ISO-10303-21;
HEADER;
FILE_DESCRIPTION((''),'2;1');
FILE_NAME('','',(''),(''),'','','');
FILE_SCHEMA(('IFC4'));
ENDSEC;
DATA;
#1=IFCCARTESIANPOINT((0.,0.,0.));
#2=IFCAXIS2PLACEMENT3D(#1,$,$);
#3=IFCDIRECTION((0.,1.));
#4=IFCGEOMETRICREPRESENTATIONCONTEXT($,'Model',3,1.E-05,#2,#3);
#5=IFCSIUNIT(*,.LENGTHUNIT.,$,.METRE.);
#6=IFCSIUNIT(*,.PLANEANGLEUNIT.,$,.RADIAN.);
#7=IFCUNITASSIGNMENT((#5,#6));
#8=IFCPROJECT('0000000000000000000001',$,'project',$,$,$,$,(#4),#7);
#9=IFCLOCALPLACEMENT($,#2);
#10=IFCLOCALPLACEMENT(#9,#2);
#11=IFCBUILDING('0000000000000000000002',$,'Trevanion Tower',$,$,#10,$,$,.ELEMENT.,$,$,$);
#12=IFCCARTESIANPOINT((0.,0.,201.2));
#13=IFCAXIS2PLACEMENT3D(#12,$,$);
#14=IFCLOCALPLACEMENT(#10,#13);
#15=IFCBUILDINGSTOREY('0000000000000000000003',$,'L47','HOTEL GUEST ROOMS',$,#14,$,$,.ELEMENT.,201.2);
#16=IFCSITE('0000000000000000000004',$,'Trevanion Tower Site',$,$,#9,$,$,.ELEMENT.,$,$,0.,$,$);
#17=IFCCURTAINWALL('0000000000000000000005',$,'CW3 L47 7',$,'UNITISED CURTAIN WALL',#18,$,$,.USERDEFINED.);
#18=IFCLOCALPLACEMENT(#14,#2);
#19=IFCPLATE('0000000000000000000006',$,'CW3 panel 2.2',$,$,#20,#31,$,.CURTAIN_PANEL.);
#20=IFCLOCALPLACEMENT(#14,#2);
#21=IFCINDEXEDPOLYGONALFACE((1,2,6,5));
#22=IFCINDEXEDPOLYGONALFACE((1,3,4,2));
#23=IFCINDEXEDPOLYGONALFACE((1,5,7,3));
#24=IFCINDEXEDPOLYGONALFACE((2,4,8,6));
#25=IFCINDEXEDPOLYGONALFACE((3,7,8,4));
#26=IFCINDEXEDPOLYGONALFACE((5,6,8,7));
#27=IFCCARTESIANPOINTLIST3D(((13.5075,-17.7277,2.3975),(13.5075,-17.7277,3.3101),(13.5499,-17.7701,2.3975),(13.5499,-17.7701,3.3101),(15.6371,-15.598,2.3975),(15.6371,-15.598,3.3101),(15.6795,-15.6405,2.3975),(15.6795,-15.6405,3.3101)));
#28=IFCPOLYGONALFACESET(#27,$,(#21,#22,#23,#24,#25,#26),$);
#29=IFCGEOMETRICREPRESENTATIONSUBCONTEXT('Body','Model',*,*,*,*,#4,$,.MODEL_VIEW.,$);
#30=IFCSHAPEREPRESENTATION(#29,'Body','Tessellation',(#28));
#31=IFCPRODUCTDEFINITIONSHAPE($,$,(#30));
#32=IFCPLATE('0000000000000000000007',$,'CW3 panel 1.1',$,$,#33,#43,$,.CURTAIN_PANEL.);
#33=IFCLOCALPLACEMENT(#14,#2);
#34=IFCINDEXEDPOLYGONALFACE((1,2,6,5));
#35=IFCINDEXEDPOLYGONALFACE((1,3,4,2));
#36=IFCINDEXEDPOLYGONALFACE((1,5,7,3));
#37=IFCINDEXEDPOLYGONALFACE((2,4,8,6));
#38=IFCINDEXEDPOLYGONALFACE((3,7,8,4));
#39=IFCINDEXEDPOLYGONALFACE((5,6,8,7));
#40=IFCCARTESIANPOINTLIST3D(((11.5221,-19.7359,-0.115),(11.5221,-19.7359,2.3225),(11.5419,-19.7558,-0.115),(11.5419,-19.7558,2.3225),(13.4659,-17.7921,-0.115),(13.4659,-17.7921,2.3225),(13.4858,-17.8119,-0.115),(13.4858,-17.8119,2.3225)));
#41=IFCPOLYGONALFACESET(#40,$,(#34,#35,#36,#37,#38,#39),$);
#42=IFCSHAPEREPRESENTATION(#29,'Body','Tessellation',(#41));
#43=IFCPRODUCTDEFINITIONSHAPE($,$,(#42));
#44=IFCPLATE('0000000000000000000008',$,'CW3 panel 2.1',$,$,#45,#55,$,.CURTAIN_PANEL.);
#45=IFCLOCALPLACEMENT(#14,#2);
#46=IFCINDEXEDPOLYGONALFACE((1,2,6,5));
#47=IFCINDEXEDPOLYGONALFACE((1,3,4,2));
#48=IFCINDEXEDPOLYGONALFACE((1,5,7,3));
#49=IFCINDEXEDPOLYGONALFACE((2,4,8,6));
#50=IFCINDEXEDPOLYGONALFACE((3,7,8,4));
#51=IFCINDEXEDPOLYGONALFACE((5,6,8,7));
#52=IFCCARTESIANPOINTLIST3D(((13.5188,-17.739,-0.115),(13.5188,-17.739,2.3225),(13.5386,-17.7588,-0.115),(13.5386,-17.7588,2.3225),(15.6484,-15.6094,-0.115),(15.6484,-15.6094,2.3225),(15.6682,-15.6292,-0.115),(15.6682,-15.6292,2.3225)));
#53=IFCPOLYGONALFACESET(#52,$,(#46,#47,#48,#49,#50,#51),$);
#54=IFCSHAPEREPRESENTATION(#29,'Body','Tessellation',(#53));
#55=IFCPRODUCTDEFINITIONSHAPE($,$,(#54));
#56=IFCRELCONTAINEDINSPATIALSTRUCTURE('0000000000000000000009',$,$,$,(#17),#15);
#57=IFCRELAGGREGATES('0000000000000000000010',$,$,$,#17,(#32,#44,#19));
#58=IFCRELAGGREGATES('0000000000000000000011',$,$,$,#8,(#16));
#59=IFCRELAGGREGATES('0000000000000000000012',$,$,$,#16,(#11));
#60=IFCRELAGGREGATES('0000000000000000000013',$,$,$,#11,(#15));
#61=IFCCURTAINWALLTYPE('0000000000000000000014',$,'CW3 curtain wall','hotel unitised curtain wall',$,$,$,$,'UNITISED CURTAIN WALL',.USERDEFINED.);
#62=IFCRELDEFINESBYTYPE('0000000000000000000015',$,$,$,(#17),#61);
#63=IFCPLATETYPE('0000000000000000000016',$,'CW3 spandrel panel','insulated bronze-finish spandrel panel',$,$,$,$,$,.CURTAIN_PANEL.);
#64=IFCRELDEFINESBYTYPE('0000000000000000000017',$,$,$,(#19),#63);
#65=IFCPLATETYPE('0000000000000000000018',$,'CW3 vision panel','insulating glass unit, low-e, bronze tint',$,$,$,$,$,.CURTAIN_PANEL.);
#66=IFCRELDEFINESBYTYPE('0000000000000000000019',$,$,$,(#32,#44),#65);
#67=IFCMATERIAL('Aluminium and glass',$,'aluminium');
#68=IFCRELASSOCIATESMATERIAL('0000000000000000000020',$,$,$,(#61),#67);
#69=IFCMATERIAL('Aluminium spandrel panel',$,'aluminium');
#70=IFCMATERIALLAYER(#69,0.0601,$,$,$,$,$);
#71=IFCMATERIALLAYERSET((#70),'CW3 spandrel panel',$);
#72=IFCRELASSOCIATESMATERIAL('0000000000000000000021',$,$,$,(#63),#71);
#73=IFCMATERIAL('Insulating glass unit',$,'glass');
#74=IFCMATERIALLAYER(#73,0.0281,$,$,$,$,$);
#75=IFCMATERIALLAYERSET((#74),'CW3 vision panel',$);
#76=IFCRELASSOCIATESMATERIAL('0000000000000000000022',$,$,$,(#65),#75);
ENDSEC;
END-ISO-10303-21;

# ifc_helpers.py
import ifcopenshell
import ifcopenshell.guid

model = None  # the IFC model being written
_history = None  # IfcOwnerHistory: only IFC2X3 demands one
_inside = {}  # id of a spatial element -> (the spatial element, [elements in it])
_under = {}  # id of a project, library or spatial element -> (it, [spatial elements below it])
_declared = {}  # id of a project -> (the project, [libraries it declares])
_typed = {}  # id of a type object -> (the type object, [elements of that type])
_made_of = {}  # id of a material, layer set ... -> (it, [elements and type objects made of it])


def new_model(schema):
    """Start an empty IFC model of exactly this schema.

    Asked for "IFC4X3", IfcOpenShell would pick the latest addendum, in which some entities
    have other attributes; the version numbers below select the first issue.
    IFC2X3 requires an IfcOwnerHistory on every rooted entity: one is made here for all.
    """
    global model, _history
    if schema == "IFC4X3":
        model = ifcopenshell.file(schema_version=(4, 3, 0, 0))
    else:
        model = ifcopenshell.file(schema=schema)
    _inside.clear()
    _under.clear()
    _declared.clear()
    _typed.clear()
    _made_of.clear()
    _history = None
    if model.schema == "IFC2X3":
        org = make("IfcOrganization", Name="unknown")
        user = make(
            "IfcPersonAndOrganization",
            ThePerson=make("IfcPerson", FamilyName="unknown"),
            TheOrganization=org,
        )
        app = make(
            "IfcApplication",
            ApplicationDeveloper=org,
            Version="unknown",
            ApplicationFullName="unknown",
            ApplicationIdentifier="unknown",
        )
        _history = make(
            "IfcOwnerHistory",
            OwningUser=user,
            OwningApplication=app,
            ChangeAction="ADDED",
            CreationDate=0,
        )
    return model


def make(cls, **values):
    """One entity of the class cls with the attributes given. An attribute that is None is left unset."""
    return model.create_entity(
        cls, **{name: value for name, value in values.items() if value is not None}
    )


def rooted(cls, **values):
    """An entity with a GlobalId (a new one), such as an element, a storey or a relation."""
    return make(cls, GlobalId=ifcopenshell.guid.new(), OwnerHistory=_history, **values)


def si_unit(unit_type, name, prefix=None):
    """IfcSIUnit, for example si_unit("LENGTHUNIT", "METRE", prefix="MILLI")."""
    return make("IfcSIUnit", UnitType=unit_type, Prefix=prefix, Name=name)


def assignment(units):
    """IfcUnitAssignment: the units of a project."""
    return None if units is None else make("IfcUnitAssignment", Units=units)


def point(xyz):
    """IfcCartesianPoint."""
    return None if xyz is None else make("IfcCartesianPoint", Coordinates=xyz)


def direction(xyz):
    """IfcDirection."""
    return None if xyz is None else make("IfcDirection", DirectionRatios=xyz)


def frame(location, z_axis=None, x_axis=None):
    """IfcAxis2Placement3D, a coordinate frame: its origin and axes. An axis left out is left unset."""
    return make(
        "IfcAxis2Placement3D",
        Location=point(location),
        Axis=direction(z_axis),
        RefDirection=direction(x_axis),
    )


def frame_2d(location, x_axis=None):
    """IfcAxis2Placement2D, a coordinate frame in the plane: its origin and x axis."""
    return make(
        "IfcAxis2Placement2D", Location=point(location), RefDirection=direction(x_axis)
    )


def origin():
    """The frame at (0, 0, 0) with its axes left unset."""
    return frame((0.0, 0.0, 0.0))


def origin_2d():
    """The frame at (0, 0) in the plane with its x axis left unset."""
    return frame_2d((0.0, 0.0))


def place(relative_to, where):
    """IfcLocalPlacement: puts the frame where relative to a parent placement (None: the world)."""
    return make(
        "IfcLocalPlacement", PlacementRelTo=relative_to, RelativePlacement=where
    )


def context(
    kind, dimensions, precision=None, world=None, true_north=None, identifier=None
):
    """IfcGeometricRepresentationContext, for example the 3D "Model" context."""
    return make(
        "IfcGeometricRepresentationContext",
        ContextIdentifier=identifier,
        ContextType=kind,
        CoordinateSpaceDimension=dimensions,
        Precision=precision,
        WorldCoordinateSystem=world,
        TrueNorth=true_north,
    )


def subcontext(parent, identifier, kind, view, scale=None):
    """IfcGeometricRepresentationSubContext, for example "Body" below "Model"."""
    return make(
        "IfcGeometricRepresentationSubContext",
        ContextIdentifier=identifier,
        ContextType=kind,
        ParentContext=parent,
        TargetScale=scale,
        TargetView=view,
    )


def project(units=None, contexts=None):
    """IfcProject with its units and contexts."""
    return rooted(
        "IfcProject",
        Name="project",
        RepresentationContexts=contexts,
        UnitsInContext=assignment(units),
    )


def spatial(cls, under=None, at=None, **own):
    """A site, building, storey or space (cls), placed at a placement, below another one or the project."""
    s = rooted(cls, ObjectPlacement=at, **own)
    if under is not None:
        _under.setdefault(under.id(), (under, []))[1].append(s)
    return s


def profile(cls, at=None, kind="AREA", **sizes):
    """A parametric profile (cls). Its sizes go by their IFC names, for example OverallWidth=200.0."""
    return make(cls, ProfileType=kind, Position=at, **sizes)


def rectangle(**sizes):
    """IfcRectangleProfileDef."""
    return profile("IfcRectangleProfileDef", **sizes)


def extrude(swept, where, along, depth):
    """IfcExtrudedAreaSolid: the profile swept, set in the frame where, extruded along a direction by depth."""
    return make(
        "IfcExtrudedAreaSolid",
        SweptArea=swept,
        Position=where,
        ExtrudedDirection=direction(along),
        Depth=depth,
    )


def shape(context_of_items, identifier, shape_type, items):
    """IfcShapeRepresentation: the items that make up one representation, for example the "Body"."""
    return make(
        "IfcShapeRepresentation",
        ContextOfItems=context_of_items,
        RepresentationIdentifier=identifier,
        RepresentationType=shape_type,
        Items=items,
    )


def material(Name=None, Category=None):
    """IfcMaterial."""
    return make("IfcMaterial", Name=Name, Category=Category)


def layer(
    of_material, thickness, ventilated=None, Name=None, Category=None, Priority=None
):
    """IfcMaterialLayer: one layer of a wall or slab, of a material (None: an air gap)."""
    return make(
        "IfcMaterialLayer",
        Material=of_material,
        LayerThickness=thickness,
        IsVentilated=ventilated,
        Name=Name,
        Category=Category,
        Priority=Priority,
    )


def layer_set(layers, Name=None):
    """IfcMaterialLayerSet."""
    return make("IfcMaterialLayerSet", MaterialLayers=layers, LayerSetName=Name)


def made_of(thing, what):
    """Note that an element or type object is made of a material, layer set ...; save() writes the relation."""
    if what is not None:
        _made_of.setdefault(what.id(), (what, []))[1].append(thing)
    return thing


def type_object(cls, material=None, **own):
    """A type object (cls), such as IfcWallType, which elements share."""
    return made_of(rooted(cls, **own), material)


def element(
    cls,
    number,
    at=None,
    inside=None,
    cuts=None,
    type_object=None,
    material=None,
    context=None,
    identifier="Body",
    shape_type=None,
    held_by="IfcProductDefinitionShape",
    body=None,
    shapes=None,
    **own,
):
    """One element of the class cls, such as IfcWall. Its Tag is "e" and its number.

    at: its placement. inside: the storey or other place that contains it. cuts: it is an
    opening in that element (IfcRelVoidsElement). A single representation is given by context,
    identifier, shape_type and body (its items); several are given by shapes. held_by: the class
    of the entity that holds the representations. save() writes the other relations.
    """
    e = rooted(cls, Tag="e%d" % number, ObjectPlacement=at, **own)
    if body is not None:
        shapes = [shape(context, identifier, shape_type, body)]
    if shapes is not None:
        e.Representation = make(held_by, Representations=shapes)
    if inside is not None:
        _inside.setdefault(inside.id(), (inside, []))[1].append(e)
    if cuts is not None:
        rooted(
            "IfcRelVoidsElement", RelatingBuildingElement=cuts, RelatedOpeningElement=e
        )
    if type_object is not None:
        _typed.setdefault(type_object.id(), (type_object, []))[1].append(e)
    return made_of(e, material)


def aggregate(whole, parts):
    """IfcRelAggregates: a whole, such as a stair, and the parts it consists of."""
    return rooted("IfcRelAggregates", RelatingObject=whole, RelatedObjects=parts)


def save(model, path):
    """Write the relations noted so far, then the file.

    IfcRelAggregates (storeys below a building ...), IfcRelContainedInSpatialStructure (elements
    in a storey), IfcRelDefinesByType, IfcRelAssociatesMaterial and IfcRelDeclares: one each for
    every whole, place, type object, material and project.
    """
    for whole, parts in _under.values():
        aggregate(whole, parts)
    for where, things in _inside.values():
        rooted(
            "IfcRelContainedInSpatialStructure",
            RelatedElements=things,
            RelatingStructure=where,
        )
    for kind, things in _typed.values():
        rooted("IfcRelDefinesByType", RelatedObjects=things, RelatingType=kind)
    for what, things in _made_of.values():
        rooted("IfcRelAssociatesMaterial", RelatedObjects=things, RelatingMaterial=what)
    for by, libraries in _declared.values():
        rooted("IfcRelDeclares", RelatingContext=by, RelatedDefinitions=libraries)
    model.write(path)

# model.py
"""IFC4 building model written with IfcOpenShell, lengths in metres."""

from ifc_helpers import new_model, si_unit, direction, frame, origin, origin_2d, place, context, subcontext, project, spatial, rectangle, extrude, material, layer, layer_set, type_object, element, aggregate, save


model = new_model("IFC4")

# Units and contexts
model_context = context("Model", 3, precision=1e-05, world=origin(), true_north=direction((0.0, 1.0)))
body_context = subcontext(model_context, "Body", "Model", "MODEL_VIEW")
ifc_project = project(units=[si_unit("LENGTHUNIT", "METRE"), si_unit("PLANEANGLEUNIT", "RADIAN")], contexts=[model_context])

# Site, building, storey
site_placement = place(None, origin())
site = spatial("IfcSite", under=ifc_project, at=site_placement, Name="Trevanion Tower Site", CompositionType="ELEMENT", RefElevation=0.0)
building_placement = place(site_placement, origin())
building = spatial("IfcBuilding", under=site, at=building_placement, Name="Trevanion Tower", CompositionType="ELEMENT")
storey_placement = place(building_placement, frame((0.0, 0.0, 201.2)))
storey = spatial("IfcBuildingStorey", under=building, at=storey_placement, Name="L47", Description="HOTEL GUEST ROOMS", CompositionType="ELEMENT", Elevation=201.2)

# Curtain wall
ifc_material_1 = material(Name="Aluminium and glass", Category="aluminium")
curtain_wall_type = type_object("IfcCurtainWallType", Name="CW3 curtain wall", Description="hotel unitised curtain wall", ElementType="UNITISED CURTAIN WALL", PredefinedType="USERDEFINED", material=ifc_material_1)
curtain_wall_1_placement = place(storey_placement, origin())
curtain_wall_1 = element("IfcCurtainWall", 1, at=curtain_wall_1_placement, inside=storey, type_object=curtain_wall_type, Name="CW3 L47 7", ObjectType="UNITISED CURTAIN WALL", PredefinedType="USERDEFINED")

# Plates
ifc_material_2 = material(Name="Aluminium spandrel panel", Category="aluminium")
ifc_layer_1 = layer(ifc_material_2, 0.0601)
ifc_layer_set_1 = layer_set([ifc_layer_1], Name="CW3 spandrel panel")
plate_type_1 = type_object("IfcPlateType", Name="CW3 spandrel panel", Description="insulated bronze-finish spandrel panel", PredefinedType="CURTAIN_PANEL", material=ifc_layer_set_1)
plate_1_placement = place(storey_placement, frame((14.5935, -16.6841, 2.3975), z_axis=(0.0, 0.0, 1.0), x_axis=(0.707107, 0.707107, 0.0)))
plate_1 = element("IfcPlate", 2, at=plate_1_placement, type_object=plate_type_1, Name="CW3 panel 2.2", PredefinedType="CURTAIN_PANEL", context=body_context, shape_type="SweptSolid", body=[
    extrude(rectangle(XDim=3.0117, YDim=0.0601, at=origin_2d()), origin(), (0.0, 0.0, 1.0), 0.9126),
])
ifc_material_3 = material(Name="Insulating glass unit", Category="glass")
ifc_layer_2 = layer(ifc_material_3, 0.0281)
ifc_layer_set_2 = layer_set([ifc_layer_2], Name="CW3 vision panel")
plate_type_2 = type_object("IfcPlateType", Name="CW3 vision panel", Description="insulating glass unit, low-e, bronze tint", PredefinedType="CURTAIN_PANEL", material=ifc_layer_set_2)
plate_2_placement = place(storey_placement, frame((12.5039, -18.7739, -0.115), z_axis=(0.0, 0.0, 1.0), x_axis=(0.707107, 0.707107, 0.0)))
plate_2 = element("IfcPlate", 3, at=plate_2_placement, type_object=plate_type_2, Name="CW3 panel 1.1", PredefinedType="CURTAIN_PANEL", context=body_context, shape_type="SweptSolid", body=[
    extrude(rectangle(XDim=2.749, YDim=0.0281, at=origin_2d()), origin(), (0.0, 0.0, 1.0), 2.4375),
])
plate_3_placement = place(storey_placement, frame((14.5935, -16.6841, -0.115), z_axis=(0.0, 0.0, 1.0), x_axis=(0.707107, 0.707107, 0.0)))
plate_3 = element("IfcPlate", 4, at=plate_3_placement, type_object=plate_type_2, Name="CW3 panel 2.1", PredefinedType="CURTAIN_PANEL", context=body_context, shape_type="SweptSolid", body=[
    extrude(rectangle(XDim=3.0117, YDim=0.0281, at=origin_2d()), origin(), (0.0, 0.0, 1.0), 2.4375),
])
aggregate(curtain_wall_1, [plate_2, plate_3, plate_1])

save(model, "model.ifc")
